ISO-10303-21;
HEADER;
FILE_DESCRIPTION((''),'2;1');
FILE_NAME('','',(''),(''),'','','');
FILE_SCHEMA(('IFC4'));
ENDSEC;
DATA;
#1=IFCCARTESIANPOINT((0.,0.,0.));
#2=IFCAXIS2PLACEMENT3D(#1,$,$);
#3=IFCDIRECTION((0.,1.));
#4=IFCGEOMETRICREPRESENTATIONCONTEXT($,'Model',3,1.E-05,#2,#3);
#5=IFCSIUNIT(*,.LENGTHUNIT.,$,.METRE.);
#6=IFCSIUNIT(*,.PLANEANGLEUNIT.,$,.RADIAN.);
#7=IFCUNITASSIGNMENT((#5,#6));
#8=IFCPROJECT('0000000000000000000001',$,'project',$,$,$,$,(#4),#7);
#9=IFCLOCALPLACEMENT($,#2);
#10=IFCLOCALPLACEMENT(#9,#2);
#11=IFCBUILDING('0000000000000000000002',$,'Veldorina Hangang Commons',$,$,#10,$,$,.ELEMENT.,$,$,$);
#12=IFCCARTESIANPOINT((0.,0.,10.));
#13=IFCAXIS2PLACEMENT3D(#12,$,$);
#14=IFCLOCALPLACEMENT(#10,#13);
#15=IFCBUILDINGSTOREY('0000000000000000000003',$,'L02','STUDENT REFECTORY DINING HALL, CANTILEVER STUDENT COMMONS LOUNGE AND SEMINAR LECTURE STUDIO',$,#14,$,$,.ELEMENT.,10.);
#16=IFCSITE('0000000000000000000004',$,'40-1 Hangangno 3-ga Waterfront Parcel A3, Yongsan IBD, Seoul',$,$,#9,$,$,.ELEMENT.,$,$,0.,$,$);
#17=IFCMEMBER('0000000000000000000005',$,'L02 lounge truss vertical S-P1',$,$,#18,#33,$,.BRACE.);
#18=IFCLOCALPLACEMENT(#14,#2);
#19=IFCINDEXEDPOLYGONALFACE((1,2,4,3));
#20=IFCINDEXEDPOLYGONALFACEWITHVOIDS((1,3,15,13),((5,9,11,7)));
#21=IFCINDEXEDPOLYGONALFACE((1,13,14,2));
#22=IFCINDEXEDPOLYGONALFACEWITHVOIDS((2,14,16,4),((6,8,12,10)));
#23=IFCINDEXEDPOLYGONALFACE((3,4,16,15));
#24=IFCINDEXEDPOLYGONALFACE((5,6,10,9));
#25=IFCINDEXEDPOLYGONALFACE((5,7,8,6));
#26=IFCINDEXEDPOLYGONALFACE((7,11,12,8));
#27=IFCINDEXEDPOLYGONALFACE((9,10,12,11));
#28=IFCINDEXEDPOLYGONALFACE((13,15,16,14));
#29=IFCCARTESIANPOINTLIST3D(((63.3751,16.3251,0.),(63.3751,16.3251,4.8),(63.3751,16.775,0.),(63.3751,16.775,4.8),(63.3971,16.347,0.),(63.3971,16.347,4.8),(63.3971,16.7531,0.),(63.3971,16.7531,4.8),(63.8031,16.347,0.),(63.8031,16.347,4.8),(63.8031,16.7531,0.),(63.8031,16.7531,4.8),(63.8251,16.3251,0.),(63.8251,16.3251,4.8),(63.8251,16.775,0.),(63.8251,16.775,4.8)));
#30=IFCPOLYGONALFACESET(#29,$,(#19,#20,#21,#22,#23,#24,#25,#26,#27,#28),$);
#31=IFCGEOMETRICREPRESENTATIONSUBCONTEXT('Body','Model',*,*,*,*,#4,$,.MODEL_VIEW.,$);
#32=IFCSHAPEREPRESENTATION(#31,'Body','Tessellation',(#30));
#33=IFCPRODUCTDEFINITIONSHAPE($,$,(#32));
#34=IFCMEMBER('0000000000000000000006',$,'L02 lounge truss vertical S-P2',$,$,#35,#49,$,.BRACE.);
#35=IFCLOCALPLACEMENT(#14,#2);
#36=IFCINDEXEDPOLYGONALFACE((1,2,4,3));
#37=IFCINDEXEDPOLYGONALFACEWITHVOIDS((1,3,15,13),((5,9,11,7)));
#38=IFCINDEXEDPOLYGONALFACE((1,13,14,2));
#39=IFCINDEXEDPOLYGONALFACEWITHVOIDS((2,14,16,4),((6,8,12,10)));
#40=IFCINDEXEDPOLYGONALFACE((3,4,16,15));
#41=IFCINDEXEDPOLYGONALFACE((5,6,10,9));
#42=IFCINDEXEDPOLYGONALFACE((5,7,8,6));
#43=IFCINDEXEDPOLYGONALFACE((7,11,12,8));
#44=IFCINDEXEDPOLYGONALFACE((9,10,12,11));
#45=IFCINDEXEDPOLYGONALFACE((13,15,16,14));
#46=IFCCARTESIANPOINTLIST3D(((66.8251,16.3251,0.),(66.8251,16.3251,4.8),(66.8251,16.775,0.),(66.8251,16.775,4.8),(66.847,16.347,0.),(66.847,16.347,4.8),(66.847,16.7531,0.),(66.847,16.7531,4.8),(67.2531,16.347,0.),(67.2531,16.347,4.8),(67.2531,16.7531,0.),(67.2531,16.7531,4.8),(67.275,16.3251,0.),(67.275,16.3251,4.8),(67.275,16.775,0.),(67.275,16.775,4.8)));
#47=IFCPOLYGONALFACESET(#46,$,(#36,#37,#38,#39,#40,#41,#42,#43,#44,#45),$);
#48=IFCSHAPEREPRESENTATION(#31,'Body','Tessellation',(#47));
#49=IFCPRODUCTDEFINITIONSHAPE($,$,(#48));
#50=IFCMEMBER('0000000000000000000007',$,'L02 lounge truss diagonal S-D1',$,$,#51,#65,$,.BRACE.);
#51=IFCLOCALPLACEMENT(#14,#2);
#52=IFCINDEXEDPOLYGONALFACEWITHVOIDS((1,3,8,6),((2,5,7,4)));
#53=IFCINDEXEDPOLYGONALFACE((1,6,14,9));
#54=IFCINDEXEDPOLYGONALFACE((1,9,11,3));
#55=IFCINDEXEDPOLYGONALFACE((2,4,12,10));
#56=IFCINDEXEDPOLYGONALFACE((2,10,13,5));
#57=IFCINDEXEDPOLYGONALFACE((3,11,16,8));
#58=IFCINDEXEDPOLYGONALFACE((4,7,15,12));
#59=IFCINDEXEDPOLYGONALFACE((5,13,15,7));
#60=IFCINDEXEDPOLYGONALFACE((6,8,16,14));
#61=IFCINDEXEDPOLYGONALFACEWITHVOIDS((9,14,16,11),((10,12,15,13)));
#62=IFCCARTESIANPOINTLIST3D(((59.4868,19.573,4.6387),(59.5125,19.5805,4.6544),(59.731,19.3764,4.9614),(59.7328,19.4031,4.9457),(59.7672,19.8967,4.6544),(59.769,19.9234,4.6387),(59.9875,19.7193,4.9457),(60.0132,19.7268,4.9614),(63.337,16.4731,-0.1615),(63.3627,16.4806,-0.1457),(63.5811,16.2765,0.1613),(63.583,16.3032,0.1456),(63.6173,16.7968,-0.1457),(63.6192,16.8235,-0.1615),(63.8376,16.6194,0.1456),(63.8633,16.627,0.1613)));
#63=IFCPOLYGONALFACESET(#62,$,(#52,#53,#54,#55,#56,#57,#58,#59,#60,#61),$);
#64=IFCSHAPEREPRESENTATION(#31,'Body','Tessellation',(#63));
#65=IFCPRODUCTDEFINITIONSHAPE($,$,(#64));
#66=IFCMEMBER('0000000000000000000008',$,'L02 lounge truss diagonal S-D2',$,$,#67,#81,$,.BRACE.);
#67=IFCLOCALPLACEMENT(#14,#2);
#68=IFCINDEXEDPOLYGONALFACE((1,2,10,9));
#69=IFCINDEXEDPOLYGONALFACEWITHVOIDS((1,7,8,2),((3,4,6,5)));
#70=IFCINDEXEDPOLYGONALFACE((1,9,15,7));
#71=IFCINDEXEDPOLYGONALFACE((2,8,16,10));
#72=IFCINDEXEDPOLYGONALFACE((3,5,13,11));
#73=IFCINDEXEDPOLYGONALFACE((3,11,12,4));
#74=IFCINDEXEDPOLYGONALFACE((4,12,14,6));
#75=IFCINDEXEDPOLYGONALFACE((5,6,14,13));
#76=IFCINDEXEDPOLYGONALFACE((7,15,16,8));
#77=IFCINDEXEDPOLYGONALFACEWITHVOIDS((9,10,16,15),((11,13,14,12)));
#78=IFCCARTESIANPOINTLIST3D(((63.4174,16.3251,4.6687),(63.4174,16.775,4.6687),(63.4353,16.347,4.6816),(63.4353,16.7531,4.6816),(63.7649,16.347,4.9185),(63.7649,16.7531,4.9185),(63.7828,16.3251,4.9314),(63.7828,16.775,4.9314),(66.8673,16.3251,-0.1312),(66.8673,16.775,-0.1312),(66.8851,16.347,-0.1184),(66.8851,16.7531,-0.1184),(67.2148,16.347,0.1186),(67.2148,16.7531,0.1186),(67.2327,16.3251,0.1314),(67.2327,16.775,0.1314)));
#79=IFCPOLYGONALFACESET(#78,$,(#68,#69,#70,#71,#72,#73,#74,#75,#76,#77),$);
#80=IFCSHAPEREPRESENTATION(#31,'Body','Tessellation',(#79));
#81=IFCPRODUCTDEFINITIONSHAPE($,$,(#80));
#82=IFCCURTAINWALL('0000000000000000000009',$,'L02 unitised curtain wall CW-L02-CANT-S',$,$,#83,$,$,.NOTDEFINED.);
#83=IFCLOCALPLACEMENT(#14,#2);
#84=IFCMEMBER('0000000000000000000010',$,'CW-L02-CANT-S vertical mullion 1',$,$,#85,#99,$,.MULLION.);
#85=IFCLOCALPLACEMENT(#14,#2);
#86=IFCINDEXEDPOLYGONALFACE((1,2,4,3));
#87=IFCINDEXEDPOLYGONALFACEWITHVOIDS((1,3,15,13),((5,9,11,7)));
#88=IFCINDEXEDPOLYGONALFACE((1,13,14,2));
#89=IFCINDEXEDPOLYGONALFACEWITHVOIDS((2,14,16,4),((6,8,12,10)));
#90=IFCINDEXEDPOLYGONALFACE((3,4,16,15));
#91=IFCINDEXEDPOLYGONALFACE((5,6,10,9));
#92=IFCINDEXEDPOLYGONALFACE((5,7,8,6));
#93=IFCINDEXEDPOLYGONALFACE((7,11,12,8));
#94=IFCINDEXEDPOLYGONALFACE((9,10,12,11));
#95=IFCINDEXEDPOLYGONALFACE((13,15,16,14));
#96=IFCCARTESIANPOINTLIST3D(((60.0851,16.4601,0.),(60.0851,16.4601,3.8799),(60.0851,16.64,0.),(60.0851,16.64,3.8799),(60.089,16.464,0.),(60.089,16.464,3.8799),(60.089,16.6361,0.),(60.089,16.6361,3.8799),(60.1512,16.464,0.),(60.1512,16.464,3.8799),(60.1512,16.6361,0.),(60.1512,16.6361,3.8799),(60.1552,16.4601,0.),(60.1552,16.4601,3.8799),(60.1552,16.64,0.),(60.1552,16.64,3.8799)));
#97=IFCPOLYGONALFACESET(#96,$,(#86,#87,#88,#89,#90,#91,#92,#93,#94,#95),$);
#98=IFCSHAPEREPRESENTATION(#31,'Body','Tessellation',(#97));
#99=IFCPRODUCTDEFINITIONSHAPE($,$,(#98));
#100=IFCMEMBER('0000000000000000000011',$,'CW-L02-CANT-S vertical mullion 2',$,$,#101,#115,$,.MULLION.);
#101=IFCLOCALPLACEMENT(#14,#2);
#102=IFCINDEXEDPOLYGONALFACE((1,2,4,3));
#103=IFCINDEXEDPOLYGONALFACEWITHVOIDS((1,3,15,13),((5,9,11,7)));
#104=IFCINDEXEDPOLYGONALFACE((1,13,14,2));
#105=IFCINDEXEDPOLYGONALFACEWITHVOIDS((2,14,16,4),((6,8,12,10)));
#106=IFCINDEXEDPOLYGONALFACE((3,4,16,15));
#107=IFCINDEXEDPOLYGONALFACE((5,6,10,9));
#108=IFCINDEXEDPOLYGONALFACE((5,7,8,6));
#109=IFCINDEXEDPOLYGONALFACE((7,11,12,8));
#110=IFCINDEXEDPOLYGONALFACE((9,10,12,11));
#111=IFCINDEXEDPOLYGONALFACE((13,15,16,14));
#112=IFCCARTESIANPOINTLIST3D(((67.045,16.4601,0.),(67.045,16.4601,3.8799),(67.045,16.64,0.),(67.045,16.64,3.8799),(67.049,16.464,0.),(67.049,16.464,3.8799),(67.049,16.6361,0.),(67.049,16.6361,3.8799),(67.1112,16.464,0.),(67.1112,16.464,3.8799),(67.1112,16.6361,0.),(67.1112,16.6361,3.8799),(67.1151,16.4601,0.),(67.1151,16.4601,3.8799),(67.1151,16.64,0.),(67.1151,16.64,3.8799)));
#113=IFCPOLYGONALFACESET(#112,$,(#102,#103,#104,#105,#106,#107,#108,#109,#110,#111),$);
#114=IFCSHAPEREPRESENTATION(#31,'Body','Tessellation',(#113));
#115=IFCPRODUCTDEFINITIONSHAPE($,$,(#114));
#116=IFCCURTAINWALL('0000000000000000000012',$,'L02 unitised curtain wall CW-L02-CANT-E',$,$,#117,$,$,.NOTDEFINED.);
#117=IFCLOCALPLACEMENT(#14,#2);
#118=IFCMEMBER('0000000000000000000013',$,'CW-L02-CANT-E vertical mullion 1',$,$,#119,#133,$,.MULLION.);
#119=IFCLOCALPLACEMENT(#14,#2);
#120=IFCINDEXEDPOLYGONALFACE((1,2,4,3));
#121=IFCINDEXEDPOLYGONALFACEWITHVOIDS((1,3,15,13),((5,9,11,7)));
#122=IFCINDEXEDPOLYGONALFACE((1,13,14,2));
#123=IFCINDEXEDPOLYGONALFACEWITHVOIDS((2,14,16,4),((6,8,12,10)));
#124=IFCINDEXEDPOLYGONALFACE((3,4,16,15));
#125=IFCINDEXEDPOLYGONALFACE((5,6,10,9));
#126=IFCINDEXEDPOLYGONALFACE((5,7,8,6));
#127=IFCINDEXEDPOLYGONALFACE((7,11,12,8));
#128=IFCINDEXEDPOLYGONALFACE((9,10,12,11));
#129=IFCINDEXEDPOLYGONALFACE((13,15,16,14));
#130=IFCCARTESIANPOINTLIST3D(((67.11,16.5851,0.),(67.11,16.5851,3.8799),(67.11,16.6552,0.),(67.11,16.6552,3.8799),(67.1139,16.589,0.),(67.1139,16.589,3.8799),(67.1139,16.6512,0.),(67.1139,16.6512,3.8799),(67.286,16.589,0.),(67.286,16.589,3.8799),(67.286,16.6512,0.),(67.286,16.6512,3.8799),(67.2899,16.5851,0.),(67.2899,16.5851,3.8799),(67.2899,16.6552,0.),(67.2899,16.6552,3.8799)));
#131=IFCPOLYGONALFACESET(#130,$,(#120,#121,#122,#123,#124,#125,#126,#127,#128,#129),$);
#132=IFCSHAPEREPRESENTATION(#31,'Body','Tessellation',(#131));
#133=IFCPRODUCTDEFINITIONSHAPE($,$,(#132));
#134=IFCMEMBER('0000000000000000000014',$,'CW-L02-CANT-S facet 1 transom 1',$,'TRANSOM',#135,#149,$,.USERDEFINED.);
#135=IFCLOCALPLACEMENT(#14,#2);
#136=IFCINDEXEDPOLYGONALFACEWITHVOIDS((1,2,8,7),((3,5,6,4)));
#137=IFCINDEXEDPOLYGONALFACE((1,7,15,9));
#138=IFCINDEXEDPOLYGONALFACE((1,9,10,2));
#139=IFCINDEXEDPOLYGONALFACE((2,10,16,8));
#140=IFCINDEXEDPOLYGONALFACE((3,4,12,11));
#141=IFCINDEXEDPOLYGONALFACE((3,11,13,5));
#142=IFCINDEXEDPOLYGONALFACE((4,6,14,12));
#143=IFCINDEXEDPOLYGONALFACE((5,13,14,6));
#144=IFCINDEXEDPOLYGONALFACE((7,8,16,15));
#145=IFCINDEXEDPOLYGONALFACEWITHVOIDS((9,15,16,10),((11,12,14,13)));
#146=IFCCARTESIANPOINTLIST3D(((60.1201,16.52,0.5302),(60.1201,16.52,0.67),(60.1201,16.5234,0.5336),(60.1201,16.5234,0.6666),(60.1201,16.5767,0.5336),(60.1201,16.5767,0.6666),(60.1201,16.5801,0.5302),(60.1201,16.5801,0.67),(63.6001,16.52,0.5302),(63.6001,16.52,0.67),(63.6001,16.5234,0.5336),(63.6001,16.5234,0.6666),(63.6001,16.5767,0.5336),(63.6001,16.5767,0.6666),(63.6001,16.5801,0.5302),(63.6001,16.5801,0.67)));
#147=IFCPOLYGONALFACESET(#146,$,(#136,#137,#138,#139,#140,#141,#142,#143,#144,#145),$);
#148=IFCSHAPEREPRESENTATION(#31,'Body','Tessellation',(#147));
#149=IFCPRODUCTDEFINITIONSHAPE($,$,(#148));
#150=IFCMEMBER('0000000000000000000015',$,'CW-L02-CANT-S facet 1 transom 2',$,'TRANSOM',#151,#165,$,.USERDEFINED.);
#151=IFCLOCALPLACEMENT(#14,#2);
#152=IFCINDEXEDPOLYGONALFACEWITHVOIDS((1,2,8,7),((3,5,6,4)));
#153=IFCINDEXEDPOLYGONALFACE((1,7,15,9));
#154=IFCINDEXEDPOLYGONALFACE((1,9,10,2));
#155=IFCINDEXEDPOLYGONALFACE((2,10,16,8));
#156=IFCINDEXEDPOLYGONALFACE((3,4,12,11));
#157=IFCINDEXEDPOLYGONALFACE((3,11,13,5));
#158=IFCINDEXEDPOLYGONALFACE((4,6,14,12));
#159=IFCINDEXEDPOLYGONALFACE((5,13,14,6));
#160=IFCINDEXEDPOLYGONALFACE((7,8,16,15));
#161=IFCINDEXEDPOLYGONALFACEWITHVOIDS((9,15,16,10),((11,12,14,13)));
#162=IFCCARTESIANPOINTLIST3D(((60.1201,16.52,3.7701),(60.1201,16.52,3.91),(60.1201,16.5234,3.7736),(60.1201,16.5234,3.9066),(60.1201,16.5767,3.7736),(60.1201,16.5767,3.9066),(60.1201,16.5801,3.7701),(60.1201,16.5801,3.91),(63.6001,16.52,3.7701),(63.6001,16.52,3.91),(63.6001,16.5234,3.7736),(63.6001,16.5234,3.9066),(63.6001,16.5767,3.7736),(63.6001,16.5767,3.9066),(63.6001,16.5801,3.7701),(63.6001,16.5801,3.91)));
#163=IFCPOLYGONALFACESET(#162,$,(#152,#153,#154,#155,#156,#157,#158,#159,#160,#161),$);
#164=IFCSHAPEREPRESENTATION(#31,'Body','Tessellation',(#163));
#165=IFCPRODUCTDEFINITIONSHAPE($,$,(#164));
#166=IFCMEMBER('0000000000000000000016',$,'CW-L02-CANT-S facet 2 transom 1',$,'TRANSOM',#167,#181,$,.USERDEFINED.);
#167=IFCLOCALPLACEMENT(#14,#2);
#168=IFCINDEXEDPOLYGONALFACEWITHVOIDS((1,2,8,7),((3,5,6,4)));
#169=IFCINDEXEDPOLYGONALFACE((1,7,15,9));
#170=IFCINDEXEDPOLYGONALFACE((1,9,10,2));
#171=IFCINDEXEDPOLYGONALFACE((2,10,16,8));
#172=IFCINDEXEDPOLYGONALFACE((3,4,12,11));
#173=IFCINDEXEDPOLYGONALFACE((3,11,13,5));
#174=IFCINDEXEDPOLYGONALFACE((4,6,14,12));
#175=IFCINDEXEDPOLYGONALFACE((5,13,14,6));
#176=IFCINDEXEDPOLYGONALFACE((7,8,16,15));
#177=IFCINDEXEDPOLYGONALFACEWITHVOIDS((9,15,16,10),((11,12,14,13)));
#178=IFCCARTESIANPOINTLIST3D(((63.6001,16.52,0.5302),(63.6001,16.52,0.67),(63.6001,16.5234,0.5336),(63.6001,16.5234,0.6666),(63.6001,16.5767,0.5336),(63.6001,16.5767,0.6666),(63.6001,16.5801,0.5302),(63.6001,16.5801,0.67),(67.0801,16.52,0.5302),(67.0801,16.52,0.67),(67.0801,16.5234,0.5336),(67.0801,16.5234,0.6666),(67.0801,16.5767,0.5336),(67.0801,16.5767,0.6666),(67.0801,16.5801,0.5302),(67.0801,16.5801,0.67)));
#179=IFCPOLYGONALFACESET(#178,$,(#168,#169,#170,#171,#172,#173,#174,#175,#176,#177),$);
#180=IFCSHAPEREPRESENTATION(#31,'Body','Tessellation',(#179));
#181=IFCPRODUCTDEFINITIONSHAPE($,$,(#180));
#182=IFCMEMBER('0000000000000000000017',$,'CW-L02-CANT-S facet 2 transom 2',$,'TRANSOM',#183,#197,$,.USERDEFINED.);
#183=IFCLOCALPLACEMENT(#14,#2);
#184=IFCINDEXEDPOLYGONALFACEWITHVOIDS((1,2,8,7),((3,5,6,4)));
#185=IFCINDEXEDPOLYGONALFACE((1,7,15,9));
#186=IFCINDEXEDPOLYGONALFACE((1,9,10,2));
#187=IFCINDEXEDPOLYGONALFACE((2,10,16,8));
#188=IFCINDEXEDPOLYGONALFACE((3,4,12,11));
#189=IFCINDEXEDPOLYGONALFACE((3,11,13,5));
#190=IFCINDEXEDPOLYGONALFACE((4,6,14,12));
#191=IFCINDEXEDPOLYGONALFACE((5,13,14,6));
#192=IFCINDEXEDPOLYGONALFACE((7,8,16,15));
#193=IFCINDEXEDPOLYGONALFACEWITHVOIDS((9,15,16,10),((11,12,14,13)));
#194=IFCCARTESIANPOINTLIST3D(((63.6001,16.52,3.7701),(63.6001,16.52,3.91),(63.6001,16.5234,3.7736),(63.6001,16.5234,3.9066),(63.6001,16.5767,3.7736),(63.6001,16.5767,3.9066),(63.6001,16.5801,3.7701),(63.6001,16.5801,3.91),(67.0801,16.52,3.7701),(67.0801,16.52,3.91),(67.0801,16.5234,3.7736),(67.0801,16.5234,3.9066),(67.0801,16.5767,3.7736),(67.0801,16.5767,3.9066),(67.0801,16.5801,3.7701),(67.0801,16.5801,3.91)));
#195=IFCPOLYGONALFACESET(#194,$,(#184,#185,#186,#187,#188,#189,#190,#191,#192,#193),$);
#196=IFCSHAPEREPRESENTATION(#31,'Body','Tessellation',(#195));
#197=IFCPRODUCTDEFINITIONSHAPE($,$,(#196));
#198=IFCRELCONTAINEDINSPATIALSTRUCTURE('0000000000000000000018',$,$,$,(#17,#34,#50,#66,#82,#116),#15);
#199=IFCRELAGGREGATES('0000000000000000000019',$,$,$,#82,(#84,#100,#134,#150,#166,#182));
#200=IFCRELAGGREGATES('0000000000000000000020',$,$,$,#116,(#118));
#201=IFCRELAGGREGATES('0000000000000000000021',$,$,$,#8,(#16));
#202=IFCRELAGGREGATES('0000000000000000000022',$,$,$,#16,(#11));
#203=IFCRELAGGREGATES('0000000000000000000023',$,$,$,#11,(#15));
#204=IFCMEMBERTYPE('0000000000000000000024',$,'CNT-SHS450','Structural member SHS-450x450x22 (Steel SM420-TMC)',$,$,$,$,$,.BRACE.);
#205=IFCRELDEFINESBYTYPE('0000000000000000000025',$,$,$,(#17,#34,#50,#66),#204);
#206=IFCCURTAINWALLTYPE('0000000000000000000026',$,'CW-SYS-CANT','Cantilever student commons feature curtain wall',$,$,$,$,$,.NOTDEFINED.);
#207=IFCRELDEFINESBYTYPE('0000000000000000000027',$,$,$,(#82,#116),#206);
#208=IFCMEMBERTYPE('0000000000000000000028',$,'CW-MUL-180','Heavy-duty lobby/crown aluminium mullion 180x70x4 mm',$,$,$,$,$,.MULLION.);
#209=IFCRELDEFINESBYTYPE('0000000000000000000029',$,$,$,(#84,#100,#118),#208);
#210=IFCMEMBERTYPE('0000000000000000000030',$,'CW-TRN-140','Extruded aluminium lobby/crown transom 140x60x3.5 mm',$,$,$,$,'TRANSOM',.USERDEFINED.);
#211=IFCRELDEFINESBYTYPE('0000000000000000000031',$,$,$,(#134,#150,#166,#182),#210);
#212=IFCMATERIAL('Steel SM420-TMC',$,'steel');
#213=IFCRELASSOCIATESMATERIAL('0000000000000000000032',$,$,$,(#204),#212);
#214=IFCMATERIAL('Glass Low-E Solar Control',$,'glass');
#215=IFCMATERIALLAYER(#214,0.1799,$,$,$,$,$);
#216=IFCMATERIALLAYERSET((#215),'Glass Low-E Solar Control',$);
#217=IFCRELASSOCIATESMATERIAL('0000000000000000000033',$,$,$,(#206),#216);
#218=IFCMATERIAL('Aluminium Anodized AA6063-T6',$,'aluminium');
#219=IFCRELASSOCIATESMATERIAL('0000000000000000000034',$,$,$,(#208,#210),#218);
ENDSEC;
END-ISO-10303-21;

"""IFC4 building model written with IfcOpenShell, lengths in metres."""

from ifc_helpers import new_model, si_unit, direction, frame, origin, origin_2d, place, context, subcontext, project, spatial, hollow_rectangle, extrude, material, layer, layer_set, material_profile, profile_set, type_object, element, aggregate, save


model = new_model("IFC4")

# Units and contexts
model_context = context("Model", 3, precision=1e-05, world=origin(), true_north=direction((0.0, 1.0)))
body_context = subcontext(model_context, "Body", "Model", "MODEL_VIEW")
ifc_project = project(units=[si_unit("LENGTHUNIT", "METRE"), si_unit("PLANEANGLEUNIT", "RADIAN")], contexts=[model_context])

# Site, building, storey
site_placement = place(None, origin())
site = spatial("IfcSite", under=ifc_project, at=site_placement, Name="40-1 Hangangno 3-ga Waterfront Parcel A3, Yongsan IBD, Seoul", CompositionType="ELEMENT", RefElevation=0.0)
building_placement = place(site_placement, origin())
building = spatial("IfcBuilding", under=site, at=building_placement, Name="Veldorina Hangang Commons", CompositionType="ELEMENT")
storey_placement = place(building_placement, frame((0.0, 0.0, 10.0)))
storey = spatial("IfcBuildingStorey", under=building, at=storey_placement, Name="L02", Description="STUDENT REFECTORY DINING HALL, CANTILEVER STUDENT COMMONS LOUNGE AND SEMINAR LECTURE STUDIO", CompositionType="ELEMENT", Elevation=10.0)

# Shared definitions
ifc_material_1 = material(Name="Steel SM420-TMC", Category="steel")

# Members
ifc_material_profile_1 = material_profile(ifc_material_1, hollow_rectangle(XDim=0.45, YDim=0.45, WallThickness=0.022, at=origin_2d()), Name="SHS-450x450x22")
ifc_profile_set_1 = profile_set([ifc_material_profile_1], Name="Steel SM420-TMC")
member_type_1 = type_object("IfcMemberType", Name="CNT-SHS450", Description="Structural member SHS-450x450x22 (Steel SM420-TMC)", PredefinedType="BRACE", material=ifc_profile_set_1)
for number, where, z_axis, x_axis, name in (
    (1, (63.6001, 16.55, 0.0), (0.0, 0.0, 1.0), (1.0, 0.0, 0.0), "L02 lounge truss vertical S-P1"),
    (2, (67.05, 16.55, 0.0), (0.0, 0.0, 1.0), (1.0, 0.0, 0.0), "L02 lounge truss vertical S-P2"),
):
    element("IfcMember", number, at=place(storey_placement, frame(where, z_axis=z_axis, x_axis=x_axis)), inside=storey, type_object=member_type_1, Name=name, PredefinedType="BRACE", context=body_context, shape_type="SweptSolid", body=[
        extrude(hollow_rectangle(XDim=0.45, YDim=0.45, WallThickness=0.022, at=origin_2d()), origin(), (0.0, 0.0, 1.0), 4.8),
    ])
member_1_placement = place(storey_placement, frame((59.75, 19.6499, 4.8), z_axis=(0.558791, -0.449903, -0.696664), x_axis=(0.627131, 0.778913, 0.0)))
element("IfcMember", 3, at=member_1_placement, inside=storey, type_object=member_type_1, Name="L02 lounge truss diagonal S-D1", PredefinedType="BRACE", context=body_context, shape_type="SweptSolid", body=[
    extrude(hollow_rectangle(XDim=0.45, YDim=0.45, WallThickness=0.022, at=origin_2d()), origin(), (0.0, 0.0, 1.0), 6.8901),
])
member_2_placement = place(storey_placement, frame((63.6001, 16.55, 4.8), z_axis=(0.583627, 0.0, -0.812022), x_axis=(0.0, 1.0, 0.0)))
element("IfcMember", 4, at=member_2_placement, inside=storey, type_object=member_type_1, Name="L02 lounge truss diagonal S-D2", PredefinedType="BRACE", context=body_context, shape_type="SweptSolid", body=[
    extrude(hollow_rectangle(XDim=0.45, YDim=0.45, WallThickness=0.022, at=origin_2d()), origin(), (0.0, 0.0, 1.0), 5.9111),
])

# Curtain wall, members
ifc_material_2 = material(Name="Glass Low-E Solar Control", Category="glass")
ifc_layer_1 = layer(ifc_material_2, 0.1799)
ifc_layer_set_1 = layer_set([ifc_layer_1], Name="Glass Low-E Solar Control")
curtain_wall_type = type_object("IfcCurtainWallType", Name="CW-SYS-CANT", Description="Cantilever student commons feature curtain wall", PredefinedType="NOTDEFINED", material=ifc_layer_set_1)
curtain_wall_1_placement = place(storey_placement, origin())
curtain_wall_1 = element("IfcCurtainWall", 5, at=curtain_wall_1_placement, inside=storey, type_object=curtain_wall_type, Name="L02 unitised curtain wall CW-L02-CANT-S", PredefinedType="NOTDEFINED")
ifc_material_3 = material(Name="Aluminium Anodized AA6063-T6", Category="aluminium")
ifc_material_profile_2 = material_profile(ifc_material_3, hollow_rectangle(XDim=0.0701, YDim=0.1799, WallThickness=0.0039, at=origin_2d()), Name="ALU-RHS-180x70x4")
ifc_profile_set_2 = profile_set([ifc_material_profile_2], Name="Aluminium Anodized AA6063-T6")
member_type_2 = type_object("IfcMemberType", Name="CW-MUL-180", Description="Heavy-duty lobby/crown aluminium mullion 180x70x4 mm", PredefinedType="MULLION", material=ifc_profile_set_2)
member_3_placement = place(storey_placement, frame((60.1201, 16.55, 0.0), z_axis=(0.0, 0.0, 1.0), x_axis=(1.0, 0.0, 0.0)))
member_3 = element("IfcMember", 6, at=member_3_placement, type_object=member_type_2, Name="CW-L02-CANT-S vertical mullion 1", PredefinedType="MULLION", context=body_context, shape_type="SweptSolid", body=[
    extrude(hollow_rectangle(XDim=0.0701, YDim=0.1799, WallThickness=0.0039, at=origin_2d()), origin(), (0.0, 0.0, 1.0), 3.8799),
])
member_4_placement = place(storey_placement, frame((67.0801, 16.55, 0.0), z_axis=(0.0, 0.0, 1.0), x_axis=(-1.0, 0.0, 0.0)))
member_4 = element("IfcMember", 7, at=member_4_placement, type_object=member_type_2, Name="CW-L02-CANT-S vertical mullion 2", PredefinedType="MULLION", context=body_context, shape_type="SweptSolid", body=[
    extrude(hollow_rectangle(XDim=0.0701, YDim=0.1799, WallThickness=0.0039, at=origin_2d()), origin(), (0.0, 0.0, 1.0), 3.8799),
])

# Curtain wall, member
curtain_wall_2_placement = place(storey_placement, origin())
curtain_wall_2 = element("IfcCurtainWall", 8, at=curtain_wall_2_placement, inside=storey, type_object=curtain_wall_type, Name="L02 unitised curtain wall CW-L02-CANT-E", PredefinedType="NOTDEFINED")
member_5_placement = place(storey_placement, frame((67.2, 16.6201, 0.0), z_axis=(0.0, 0.0, 1.0), x_axis=(0.0, 1.0, 0.0)))
member_5 = element("IfcMember", 9, at=member_5_placement, type_object=member_type_2, Name="CW-L02-CANT-E vertical mullion 1", PredefinedType="MULLION", context=body_context, shape_type="SweptSolid", body=[
    extrude(hollow_rectangle(XDim=0.0701, YDim=0.1799, WallThickness=0.0039, at=origin_2d()), origin(), (0.0, 0.0, 1.0), 3.8799),
])

# Members
ifc_material_profile_3 = material_profile(ifc_material_3, hollow_rectangle(XDim=0.0601, YDim=0.1399, WallThickness=0.0034, at=origin_2d()), Name="ALU-RHS-140x60x3.5")
ifc_profile_set_3 = profile_set([ifc_material_profile_3], Name="Aluminium Anodized AA6063-T6")
member_type_3 = type_object("IfcMemberType", Name="CW-TRN-140", Description="Extruded aluminium lobby/crown transom 140x60x3.5 mm", ElementType="TRANSOM", PredefinedType="USERDEFINED", material=ifc_profile_set_3)
member_6_placement = place(storey_placement, frame((60.1201, 16.55, 0.6001), z_axis=(1.0, 0.0, 0.0), x_axis=(0.0, 1.0, 0.0)))
member_6 = element("IfcMember", 10, at=member_6_placement, type_object=member_type_3, Name="CW-L02-CANT-S facet 1 transom 1", ObjectType="TRANSOM", PredefinedType="USERDEFINED", context=body_context, shape_type="SweptSolid", body=[
    extrude(hollow_rectangle(XDim=0.0601, YDim=0.1399, WallThickness=0.0034, at=origin_2d()), origin(), (0.0, 0.0, 1.0), 3.48),
])
member_7_placement = place(storey_placement, frame((60.1201, 16.55, 3.8401), z_axis=(1.0, 0.0, 0.0), x_axis=(0.0, 1.0, 0.0)))
member_7 = element("IfcMember", 11, at=member_7_placement, type_object=member_type_3, Name="CW-L02-CANT-S facet 1 transom 2", ObjectType="TRANSOM", PredefinedType="USERDEFINED", context=body_context, shape_type="SweptSolid", body=[
    extrude(hollow_rectangle(XDim=0.0601, YDim=0.1399, WallThickness=0.0034, at=origin_2d()), origin(), (0.0, 0.0, 1.0), 3.48),
])
member_8_placement = place(storey_placement, frame((63.6001, 16.55, 0.6001), z_axis=(1.0, 0.0, 0.0), x_axis=(0.0, 1.0, 0.0)))
member_8 = element("IfcMember", 12, at=member_8_placement, type_object=member_type_3, Name="CW-L02-CANT-S facet 2 transom 1", ObjectType="TRANSOM", PredefinedType="USERDEFINED", context=body_context, shape_type="SweptSolid", body=[
    extrude(hollow_rectangle(XDim=0.0601, YDim=0.1399, WallThickness=0.0034, at=origin_2d()), origin(), (0.0, 0.0, 1.0), 3.48),
])
member_9_placement = place(storey_placement, frame((63.6001, 16.55, 3.8401), z_axis=(1.0, 0.0, 0.0), x_axis=(0.0, 1.0, 0.0)))
member_9 = element("IfcMember", 13, at=member_9_placement, type_object=member_type_3, Name="CW-L02-CANT-S facet 2 transom 2", ObjectType="TRANSOM", PredefinedType="USERDEFINED", context=body_context, shape_type="SweptSolid", body=[
    extrude(hollow_rectangle(XDim=0.0601, YDim=0.1399, WallThickness=0.0034, at=origin_2d()), origin(), (0.0, 0.0, 1.0), 3.48),
])

aggregate(curtain_wall_1, [member_3, member_4, member_6, member_7, member_8, member_9])
aggregate(curtain_wall_2, [member_5])

save(model, "model.ifc")
